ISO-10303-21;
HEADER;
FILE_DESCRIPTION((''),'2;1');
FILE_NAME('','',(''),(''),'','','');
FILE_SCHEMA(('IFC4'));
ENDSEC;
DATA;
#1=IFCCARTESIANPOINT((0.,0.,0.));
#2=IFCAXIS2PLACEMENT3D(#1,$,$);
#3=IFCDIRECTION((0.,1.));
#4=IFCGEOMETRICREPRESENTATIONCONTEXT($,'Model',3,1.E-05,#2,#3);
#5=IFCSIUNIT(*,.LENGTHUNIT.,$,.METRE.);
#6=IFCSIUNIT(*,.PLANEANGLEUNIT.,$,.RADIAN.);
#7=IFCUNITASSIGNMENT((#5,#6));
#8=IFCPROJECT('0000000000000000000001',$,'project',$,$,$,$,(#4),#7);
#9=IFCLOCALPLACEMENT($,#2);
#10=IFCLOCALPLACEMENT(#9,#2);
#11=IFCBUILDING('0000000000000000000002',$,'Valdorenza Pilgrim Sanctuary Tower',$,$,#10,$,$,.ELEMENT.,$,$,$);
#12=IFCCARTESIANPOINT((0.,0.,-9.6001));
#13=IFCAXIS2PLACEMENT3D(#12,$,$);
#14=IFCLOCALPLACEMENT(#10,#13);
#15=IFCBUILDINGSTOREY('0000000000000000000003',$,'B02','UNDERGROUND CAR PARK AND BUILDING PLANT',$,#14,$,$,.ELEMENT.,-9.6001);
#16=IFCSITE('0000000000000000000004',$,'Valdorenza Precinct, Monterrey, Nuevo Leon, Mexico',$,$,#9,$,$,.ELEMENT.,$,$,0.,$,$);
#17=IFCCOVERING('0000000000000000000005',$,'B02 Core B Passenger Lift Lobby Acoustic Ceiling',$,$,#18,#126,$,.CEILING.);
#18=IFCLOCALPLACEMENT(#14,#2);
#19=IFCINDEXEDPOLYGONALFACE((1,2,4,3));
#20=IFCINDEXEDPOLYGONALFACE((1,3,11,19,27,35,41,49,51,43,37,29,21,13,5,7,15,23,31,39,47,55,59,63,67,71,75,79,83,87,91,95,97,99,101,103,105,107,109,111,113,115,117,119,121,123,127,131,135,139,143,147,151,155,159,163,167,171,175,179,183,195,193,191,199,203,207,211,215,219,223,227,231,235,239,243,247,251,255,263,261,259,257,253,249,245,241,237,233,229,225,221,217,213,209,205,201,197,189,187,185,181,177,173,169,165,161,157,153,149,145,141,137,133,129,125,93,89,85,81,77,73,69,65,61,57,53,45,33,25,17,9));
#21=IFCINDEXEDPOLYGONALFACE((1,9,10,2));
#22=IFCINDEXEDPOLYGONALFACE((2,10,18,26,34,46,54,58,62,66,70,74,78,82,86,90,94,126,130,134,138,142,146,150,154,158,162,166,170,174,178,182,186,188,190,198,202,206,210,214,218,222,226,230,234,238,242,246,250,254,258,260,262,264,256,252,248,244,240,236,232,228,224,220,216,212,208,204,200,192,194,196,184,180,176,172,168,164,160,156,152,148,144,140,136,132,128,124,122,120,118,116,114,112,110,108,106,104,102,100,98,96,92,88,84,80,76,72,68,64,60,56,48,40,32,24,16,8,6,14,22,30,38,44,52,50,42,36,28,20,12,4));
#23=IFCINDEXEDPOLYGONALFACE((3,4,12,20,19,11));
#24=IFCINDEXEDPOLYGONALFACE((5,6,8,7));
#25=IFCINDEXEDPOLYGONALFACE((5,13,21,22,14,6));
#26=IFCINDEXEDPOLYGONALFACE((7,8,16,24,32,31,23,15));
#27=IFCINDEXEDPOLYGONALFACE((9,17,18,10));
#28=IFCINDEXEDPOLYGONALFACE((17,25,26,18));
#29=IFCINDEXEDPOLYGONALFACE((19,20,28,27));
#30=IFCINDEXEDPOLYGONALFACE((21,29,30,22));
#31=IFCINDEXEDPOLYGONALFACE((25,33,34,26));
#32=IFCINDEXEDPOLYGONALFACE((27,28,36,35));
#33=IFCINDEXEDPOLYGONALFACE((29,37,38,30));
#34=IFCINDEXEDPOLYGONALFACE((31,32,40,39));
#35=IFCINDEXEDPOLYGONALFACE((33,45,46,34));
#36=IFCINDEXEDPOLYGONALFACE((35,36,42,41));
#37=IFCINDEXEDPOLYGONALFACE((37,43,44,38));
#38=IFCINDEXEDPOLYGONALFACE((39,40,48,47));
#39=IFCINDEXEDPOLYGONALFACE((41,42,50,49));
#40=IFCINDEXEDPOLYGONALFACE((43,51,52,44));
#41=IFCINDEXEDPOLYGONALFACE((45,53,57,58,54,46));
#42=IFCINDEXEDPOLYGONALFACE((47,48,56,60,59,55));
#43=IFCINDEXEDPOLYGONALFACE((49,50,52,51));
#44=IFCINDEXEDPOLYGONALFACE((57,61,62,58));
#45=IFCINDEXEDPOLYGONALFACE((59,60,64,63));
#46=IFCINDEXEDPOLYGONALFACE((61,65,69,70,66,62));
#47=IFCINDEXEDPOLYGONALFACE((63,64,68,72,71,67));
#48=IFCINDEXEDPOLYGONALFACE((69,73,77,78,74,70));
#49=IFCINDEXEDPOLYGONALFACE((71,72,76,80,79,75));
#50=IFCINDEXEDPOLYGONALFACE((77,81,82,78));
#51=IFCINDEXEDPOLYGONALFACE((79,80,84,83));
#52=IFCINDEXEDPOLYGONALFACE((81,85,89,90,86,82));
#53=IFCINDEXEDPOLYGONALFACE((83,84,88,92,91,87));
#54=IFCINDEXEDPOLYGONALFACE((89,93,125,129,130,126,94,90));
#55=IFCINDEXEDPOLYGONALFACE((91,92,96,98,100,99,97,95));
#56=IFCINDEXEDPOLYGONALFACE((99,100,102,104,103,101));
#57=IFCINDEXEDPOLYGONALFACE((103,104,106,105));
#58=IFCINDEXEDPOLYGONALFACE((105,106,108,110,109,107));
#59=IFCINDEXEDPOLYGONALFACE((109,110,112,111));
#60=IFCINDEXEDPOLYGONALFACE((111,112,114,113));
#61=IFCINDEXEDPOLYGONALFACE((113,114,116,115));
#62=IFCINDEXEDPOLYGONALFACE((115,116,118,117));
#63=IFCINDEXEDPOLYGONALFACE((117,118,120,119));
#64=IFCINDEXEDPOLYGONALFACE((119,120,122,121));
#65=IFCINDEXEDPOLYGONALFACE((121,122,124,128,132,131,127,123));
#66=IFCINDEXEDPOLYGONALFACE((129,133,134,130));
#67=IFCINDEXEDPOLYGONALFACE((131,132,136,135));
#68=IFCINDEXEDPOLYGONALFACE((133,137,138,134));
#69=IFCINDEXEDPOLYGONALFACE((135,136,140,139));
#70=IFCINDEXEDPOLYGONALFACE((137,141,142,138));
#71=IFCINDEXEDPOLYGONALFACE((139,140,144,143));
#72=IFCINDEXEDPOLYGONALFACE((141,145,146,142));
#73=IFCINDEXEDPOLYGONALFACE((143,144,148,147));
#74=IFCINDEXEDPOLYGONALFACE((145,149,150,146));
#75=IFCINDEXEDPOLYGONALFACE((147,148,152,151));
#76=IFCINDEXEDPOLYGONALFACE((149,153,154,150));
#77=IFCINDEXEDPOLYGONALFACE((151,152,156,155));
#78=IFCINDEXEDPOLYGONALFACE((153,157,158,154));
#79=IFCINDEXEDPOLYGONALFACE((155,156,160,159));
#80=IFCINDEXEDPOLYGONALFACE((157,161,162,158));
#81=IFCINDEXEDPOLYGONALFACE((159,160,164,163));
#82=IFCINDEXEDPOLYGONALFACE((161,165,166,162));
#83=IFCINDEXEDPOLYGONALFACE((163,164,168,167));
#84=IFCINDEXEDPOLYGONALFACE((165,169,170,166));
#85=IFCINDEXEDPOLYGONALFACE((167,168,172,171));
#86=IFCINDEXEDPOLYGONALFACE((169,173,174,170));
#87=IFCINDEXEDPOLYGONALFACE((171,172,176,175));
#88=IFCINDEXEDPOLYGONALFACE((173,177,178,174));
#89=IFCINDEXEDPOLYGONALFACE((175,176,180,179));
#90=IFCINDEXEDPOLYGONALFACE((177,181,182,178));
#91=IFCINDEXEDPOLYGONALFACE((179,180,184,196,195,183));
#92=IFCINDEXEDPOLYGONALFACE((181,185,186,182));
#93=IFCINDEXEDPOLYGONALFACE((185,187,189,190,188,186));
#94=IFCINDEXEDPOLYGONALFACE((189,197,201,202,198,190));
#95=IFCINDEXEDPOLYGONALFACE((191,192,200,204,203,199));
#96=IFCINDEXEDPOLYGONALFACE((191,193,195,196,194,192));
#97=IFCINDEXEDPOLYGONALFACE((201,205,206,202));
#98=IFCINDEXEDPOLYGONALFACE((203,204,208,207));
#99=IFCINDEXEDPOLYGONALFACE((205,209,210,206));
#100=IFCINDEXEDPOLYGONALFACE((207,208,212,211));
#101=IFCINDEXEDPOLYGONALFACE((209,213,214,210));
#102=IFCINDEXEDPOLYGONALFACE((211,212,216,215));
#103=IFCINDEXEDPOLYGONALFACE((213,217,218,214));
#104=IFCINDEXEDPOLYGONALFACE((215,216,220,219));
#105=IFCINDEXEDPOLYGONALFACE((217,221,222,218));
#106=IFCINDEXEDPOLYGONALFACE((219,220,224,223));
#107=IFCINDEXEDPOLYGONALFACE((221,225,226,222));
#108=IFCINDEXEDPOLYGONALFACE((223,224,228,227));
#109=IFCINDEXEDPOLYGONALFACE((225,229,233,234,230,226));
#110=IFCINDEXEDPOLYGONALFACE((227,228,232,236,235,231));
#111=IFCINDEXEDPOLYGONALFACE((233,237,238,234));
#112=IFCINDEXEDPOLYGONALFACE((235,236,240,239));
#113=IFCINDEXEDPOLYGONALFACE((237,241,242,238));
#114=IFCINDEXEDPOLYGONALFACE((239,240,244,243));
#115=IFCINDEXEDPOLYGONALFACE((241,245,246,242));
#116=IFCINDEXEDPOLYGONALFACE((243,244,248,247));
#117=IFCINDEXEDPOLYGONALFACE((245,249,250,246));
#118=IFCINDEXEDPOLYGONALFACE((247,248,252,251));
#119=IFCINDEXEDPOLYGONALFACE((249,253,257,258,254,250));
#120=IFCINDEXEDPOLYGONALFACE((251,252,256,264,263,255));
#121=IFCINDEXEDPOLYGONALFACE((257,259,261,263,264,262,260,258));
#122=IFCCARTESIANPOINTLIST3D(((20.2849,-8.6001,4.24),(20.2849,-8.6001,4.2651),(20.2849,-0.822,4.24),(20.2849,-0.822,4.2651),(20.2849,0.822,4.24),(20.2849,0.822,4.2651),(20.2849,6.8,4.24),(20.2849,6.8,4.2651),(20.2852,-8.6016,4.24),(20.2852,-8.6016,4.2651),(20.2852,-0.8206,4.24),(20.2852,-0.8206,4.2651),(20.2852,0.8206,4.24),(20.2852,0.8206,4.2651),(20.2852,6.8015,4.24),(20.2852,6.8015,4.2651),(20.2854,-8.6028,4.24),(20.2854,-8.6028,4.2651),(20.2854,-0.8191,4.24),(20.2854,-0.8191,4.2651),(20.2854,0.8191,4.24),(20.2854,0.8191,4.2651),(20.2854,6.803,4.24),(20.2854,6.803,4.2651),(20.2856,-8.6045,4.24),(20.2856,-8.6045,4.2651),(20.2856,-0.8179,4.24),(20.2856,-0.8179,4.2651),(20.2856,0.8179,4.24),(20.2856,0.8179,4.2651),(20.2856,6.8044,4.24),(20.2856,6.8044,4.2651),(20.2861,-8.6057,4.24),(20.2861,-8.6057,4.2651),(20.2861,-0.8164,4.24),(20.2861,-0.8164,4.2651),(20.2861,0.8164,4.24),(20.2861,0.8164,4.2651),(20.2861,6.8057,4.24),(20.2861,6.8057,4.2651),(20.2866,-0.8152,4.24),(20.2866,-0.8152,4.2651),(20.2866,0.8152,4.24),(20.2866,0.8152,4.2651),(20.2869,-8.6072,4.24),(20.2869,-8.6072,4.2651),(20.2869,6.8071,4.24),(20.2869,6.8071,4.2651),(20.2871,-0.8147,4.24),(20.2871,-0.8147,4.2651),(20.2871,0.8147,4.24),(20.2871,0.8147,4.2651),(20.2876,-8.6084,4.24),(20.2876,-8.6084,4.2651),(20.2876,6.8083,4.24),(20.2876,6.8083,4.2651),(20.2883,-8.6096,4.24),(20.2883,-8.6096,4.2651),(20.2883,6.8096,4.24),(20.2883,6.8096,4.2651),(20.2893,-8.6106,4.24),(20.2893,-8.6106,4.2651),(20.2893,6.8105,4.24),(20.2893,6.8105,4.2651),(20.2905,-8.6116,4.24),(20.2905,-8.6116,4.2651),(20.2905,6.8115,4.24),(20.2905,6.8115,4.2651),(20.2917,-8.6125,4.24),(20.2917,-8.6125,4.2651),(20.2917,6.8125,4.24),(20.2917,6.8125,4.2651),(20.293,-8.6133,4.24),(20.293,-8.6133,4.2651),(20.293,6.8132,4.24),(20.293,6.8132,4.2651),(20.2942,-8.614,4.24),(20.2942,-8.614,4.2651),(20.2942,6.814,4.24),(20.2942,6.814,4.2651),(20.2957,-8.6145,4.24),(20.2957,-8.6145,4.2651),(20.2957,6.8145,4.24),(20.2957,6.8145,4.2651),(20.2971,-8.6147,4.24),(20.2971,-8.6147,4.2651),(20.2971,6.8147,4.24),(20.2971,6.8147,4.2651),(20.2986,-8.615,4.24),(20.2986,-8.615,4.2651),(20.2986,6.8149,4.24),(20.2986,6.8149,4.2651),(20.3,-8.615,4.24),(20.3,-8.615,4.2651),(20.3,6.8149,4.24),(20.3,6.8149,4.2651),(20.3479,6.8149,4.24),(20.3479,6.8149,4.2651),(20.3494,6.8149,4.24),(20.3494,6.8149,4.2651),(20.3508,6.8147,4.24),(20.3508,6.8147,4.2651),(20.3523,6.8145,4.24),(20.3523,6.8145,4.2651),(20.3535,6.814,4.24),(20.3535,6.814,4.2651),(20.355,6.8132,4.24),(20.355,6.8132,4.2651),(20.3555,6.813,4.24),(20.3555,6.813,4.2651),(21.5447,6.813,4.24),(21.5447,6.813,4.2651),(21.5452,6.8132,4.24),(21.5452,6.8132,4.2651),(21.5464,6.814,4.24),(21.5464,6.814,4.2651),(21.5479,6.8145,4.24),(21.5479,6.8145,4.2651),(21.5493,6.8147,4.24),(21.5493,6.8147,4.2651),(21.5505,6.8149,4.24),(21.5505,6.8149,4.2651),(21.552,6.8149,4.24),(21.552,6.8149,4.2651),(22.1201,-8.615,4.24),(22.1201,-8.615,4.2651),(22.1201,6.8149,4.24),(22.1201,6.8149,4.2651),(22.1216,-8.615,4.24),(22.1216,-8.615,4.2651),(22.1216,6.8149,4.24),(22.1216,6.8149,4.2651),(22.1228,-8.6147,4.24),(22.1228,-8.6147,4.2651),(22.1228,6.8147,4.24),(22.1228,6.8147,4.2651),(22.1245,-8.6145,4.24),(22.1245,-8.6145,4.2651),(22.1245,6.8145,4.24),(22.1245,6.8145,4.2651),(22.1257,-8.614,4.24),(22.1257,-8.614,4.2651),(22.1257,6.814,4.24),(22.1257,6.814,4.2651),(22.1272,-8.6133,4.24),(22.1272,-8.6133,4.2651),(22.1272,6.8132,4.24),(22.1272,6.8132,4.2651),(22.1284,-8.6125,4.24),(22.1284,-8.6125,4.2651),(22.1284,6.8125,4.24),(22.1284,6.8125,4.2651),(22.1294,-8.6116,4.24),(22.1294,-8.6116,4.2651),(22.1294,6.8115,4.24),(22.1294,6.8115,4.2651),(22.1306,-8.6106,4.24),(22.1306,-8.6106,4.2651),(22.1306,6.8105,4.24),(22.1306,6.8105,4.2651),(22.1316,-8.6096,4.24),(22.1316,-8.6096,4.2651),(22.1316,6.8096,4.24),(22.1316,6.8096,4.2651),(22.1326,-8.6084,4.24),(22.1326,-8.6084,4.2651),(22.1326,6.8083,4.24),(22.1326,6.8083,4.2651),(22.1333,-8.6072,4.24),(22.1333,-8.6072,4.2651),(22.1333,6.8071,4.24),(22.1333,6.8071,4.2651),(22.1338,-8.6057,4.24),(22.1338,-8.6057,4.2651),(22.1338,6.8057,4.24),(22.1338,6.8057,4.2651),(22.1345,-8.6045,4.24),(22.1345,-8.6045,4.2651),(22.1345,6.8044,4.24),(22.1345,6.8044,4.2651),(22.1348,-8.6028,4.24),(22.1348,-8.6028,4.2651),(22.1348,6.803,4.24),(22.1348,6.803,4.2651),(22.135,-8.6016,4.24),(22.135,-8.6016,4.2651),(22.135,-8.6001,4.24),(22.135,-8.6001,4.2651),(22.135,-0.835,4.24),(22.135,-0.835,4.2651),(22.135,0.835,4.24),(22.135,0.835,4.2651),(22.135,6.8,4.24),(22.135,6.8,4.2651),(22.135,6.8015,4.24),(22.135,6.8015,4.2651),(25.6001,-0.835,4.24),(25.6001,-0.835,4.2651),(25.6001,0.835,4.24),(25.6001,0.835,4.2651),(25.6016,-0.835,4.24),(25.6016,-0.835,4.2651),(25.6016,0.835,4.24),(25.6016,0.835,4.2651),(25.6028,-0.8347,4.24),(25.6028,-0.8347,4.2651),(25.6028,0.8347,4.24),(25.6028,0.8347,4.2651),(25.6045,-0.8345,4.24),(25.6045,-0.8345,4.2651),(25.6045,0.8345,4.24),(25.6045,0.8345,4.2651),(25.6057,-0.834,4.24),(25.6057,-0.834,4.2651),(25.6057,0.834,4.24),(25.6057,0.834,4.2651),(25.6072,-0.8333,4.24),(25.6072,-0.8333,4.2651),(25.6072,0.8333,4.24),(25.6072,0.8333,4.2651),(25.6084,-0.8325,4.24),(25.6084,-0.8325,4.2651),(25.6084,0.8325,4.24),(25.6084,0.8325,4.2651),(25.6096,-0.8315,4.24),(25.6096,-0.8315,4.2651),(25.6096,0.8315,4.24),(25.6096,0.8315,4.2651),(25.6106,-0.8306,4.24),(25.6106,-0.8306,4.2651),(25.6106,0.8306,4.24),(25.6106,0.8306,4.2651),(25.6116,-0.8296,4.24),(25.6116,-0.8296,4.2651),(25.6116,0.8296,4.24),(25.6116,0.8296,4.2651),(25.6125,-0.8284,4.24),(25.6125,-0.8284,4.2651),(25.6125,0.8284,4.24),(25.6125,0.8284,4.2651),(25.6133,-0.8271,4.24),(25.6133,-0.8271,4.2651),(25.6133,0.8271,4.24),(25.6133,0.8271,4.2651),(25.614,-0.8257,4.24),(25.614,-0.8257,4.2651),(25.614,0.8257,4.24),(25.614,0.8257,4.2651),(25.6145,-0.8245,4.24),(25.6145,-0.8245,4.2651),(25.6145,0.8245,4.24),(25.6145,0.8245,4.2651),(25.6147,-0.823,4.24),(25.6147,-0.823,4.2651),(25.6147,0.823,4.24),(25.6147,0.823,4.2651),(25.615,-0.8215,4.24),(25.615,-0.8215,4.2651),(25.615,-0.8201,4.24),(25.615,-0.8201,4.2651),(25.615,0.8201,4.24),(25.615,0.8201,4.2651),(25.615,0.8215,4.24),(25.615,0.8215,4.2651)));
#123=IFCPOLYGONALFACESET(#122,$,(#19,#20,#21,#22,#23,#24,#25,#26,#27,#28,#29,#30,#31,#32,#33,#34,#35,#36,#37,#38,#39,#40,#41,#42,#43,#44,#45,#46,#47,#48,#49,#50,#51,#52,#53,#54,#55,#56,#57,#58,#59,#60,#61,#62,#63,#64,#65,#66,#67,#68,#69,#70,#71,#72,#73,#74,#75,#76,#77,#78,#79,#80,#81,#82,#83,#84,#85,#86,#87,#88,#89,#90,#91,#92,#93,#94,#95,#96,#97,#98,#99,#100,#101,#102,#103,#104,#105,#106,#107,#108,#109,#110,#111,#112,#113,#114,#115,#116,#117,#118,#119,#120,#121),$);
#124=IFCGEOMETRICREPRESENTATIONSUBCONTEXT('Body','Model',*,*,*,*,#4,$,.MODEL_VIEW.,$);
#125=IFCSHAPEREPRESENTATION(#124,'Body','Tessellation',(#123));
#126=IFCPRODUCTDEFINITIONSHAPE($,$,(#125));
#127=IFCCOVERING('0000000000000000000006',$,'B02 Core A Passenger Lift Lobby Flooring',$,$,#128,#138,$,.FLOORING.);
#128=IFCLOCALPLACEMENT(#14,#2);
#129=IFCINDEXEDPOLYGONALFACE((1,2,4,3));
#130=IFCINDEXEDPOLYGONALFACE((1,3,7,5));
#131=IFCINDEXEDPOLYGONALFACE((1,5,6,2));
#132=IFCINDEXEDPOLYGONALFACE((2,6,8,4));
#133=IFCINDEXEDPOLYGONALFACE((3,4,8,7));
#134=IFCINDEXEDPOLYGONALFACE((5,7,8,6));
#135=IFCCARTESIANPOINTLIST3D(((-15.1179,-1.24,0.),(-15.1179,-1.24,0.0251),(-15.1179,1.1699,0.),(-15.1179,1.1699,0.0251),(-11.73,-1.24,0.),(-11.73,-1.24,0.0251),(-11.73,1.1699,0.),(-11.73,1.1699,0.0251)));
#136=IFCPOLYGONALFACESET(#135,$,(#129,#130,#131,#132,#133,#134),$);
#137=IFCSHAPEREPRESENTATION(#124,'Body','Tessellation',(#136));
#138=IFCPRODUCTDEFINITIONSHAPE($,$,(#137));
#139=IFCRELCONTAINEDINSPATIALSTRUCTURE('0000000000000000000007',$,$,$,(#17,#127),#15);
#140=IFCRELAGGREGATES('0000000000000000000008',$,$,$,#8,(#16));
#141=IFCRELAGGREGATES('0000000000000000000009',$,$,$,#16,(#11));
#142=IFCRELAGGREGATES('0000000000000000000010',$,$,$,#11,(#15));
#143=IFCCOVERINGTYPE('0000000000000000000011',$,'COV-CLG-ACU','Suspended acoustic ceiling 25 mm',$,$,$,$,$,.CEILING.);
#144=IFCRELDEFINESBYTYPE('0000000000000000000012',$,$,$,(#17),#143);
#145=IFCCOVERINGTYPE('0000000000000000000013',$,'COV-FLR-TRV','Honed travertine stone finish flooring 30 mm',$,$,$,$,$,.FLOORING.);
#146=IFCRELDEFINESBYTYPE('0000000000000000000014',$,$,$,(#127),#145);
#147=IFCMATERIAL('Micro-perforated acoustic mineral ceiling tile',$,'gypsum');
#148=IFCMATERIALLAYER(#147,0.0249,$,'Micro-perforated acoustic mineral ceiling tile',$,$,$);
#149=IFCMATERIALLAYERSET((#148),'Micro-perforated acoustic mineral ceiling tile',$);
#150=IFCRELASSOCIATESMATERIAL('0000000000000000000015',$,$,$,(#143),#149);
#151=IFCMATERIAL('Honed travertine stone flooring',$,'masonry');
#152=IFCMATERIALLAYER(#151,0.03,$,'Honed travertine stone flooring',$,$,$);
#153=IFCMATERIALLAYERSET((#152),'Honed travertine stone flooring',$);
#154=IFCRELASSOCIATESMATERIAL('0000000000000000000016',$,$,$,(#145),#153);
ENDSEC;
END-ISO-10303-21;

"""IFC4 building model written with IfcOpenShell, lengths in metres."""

from ifc_helpers import new_model, si_unit, direction, frame, origin, place, context, subcontext, project, spatial, polyline, outline, extrude, material, layer, layer_set, type_object, element, save


model = new_model("IFC4")

# Units and contexts
model_context = context("Model", 3, precision=1e-05, world=origin(), true_north=direction((0.0, 1.0)))
body_context = subcontext(model_context, "Body", "Model", "MODEL_VIEW")
ifc_project = project(units=[si_unit("LENGTHUNIT", "METRE"), si_unit("PLANEANGLEUNIT", "RADIAN")], contexts=[model_context])

# Site, building, storey
site_placement = place(None, origin())
site = spatial("IfcSite", under=ifc_project, at=site_placement, Name="Valdorenza Precinct, Monterrey, Nuevo Leon, Mexico", CompositionType="ELEMENT", RefElevation=0.0)
building_placement = place(site_placement, origin())
building = spatial("IfcBuilding", under=site, at=building_placement, Name="Valdorenza Pilgrim Sanctuary Tower", CompositionType="ELEMENT")
storey_placement = place(building_placement, frame((0.0, 0.0, -9.6001)))
storey = spatial("IfcBuildingStorey", under=building, at=storey_placement, Name="B02", Description="UNDERGROUND CAR PARK AND BUILDING PLANT", CompositionType="ELEMENT", Elevation=-9.6001)

# Coverings
ifc_material_1 = material(Name="Micro-perforated acoustic mineral ceiling tile", Category="gypsum")
ifc_layer_1 = layer(ifc_material_1, 0.0249, Name="Micro-perforated acoustic mineral ceiling tile")
ifc_layer_set_1 = layer_set([ifc_layer_1], Name="Micro-perforated acoustic mineral ceiling tile")
covering_type_1 = type_object("IfcCoveringType", Name="COV-CLG-ACU", Description="Suspended acoustic ceiling 25 mm", PredefinedType="CEILING", material=ifc_layer_set_1)
covering_1_placement = place(storey_placement, frame((0.0, 0.0, 4.24)))
element("IfcCovering", 1, at=covering_1_placement, inside=storey, type_object=covering_type_1, Name="B02 Core B Passenger Lift Lobby Acoustic Ceiling", PredefinedType="CEILING", context=body_context, shape_type="SweptSolid", body=[
    extrude(outline(polyline([(20.2871, -0.8147), (20.2871, 0.8147), (20.2866, 0.8152), (20.2861, 0.8164), (20.2856, 0.8179), (20.2854, 0.8191), (20.2852, 0.8206), (20.2849, 0.822), (20.2849, 6.8), (20.2852, 6.8015), (20.2854, 6.803), (20.2856, 6.8044), (20.2861, 6.8057), (20.2869, 6.8071), (20.2876, 6.8083), (20.2883, 6.8096), (20.2893, 6.8105), (20.2905, 6.8115), (20.2917, 6.8125), (20.293, 6.8132), (20.2942, 6.814), (20.2957, 6.8145), (20.2971, 6.8147), (20.2986, 6.8149), (20.3, 6.8149), (20.3479, 6.8149), (20.3494, 6.8149), (20.3508, 6.8147), (20.3523, 6.8145), (20.3535, 6.814), (20.355, 6.8132), (20.3555, 6.813), (21.5447, 6.813), (21.5452, 6.8132), (21.5464, 6.814), (21.5479, 6.8145), (21.5493, 6.8147), (21.5505, 6.8149), (21.552, 6.8149), (22.1201, 6.8149), (22.1216, 6.8149), (22.1228, 6.8147), (22.1245, 6.8145), (22.1257, 6.814), (22.1272, 6.8132), (22.1284, 6.8125), (22.1294, 6.8115), (22.1306, 6.8105), (22.1316, 6.8096), (22.1326, 6.8083), (22.1333, 6.8071), (22.1338, 6.8057), (22.1345, 6.8044), (22.1348, 6.803), (22.135, 6.8015), (22.135, 6.8), (22.135, 0.835), (25.6001, 0.835), (25.6016, 0.835), (25.6028, 0.8347), (25.6045, 0.8345), (25.6057, 0.834), (25.6072, 0.8333), (25.6084, 0.8325), (25.6096, 0.8315), (25.6106, 0.8306), (25.6116, 0.8296), (25.6125, 0.8284), (25.6133, 0.8271), (25.614, 0.8257), (25.6145, 0.8245), (25.6147, 0.823), (25.615, 0.8215), (25.615, 0.8201), (25.615, -0.8201), (25.615, -0.8215), (25.6147, -0.823), (25.6145, -0.8245), (25.614, -0.8257), (25.6133, -0.8271), (25.6125, -0.8284), (25.6116, -0.8296), (25.6106, -0.8306), (25.6096, -0.8315), (25.6084, -0.8325), (25.6072, -0.8333), (25.6057, -0.834), (25.6045, -0.8345), (25.6028, -0.8347), (25.6016, -0.835), (25.6001, -0.835), (22.135, -0.835), (22.135, -8.6001), (22.135, -8.6016), (22.1348, -8.6028), (22.1345, -8.6045), (22.1338, -8.6057), (22.1333, -8.6072), (22.1326, -8.6084), (22.1316, -8.6096), (22.1306, -8.6106), (22.1294, -8.6116), (22.1284, -8.6125), (22.1272, -8.6133), (22.1257, -8.614), (22.1245, -8.6145), (22.1228, -8.6147), (22.1216, -8.615), (22.1201, -8.615), (20.3, -8.615), (20.2986, -8.615), (20.2971, -8.6147), (20.2957, -8.6145), (20.2942, -8.614), (20.293, -8.6133), (20.2917, -8.6125), (20.2905, -8.6116), (20.2893, -8.6106), (20.2883, -8.6096), (20.2876, -8.6084), (20.2869, -8.6072), (20.2861, -8.6057), (20.2856, -8.6045), (20.2854, -8.6028), (20.2852, -8.6016), (20.2849, -8.6001), (20.2849, -0.822), (20.2852, -0.8206), (20.2854, -0.8191), (20.2856, -0.8179), (20.2861, -0.8164), (20.2866, -0.8152), (20.2871, -0.8147)])), origin(), (0.0, 0.0, 1.0), 0.0251),
])
ifc_material_2 = material(Name="Honed travertine stone flooring", Category="masonry")
ifc_layer_2 = layer(ifc_material_2, 0.03, Name="Honed travertine stone flooring")
ifc_layer_set_2 = layer_set([ifc_layer_2], Name="Honed travertine stone flooring")
covering_type_2 = type_object("IfcCoveringType", Name="COV-FLR-TRV", Description="Honed travertine stone finish flooring 30 mm", PredefinedType="FLOORING", material=ifc_layer_set_2)
covering_2_placement = place(storey_placement, origin())
element("IfcCovering", 2, at=covering_2_placement, inside=storey, type_object=covering_type_2, Name="B02 Core A Passenger Lift Lobby Flooring", PredefinedType="FLOORING", context=body_context, shape_type="SweptSolid", body=[
    extrude(outline(polyline([(-15.1179, 1.1699), (-11.73, 1.1699), (-11.73, -1.24), (-15.1179, -1.24), (-15.1179, 1.1699)])), origin(), (0.0, 0.0, 1.0), 0.0251),
])

save(model, "model.ifc")
